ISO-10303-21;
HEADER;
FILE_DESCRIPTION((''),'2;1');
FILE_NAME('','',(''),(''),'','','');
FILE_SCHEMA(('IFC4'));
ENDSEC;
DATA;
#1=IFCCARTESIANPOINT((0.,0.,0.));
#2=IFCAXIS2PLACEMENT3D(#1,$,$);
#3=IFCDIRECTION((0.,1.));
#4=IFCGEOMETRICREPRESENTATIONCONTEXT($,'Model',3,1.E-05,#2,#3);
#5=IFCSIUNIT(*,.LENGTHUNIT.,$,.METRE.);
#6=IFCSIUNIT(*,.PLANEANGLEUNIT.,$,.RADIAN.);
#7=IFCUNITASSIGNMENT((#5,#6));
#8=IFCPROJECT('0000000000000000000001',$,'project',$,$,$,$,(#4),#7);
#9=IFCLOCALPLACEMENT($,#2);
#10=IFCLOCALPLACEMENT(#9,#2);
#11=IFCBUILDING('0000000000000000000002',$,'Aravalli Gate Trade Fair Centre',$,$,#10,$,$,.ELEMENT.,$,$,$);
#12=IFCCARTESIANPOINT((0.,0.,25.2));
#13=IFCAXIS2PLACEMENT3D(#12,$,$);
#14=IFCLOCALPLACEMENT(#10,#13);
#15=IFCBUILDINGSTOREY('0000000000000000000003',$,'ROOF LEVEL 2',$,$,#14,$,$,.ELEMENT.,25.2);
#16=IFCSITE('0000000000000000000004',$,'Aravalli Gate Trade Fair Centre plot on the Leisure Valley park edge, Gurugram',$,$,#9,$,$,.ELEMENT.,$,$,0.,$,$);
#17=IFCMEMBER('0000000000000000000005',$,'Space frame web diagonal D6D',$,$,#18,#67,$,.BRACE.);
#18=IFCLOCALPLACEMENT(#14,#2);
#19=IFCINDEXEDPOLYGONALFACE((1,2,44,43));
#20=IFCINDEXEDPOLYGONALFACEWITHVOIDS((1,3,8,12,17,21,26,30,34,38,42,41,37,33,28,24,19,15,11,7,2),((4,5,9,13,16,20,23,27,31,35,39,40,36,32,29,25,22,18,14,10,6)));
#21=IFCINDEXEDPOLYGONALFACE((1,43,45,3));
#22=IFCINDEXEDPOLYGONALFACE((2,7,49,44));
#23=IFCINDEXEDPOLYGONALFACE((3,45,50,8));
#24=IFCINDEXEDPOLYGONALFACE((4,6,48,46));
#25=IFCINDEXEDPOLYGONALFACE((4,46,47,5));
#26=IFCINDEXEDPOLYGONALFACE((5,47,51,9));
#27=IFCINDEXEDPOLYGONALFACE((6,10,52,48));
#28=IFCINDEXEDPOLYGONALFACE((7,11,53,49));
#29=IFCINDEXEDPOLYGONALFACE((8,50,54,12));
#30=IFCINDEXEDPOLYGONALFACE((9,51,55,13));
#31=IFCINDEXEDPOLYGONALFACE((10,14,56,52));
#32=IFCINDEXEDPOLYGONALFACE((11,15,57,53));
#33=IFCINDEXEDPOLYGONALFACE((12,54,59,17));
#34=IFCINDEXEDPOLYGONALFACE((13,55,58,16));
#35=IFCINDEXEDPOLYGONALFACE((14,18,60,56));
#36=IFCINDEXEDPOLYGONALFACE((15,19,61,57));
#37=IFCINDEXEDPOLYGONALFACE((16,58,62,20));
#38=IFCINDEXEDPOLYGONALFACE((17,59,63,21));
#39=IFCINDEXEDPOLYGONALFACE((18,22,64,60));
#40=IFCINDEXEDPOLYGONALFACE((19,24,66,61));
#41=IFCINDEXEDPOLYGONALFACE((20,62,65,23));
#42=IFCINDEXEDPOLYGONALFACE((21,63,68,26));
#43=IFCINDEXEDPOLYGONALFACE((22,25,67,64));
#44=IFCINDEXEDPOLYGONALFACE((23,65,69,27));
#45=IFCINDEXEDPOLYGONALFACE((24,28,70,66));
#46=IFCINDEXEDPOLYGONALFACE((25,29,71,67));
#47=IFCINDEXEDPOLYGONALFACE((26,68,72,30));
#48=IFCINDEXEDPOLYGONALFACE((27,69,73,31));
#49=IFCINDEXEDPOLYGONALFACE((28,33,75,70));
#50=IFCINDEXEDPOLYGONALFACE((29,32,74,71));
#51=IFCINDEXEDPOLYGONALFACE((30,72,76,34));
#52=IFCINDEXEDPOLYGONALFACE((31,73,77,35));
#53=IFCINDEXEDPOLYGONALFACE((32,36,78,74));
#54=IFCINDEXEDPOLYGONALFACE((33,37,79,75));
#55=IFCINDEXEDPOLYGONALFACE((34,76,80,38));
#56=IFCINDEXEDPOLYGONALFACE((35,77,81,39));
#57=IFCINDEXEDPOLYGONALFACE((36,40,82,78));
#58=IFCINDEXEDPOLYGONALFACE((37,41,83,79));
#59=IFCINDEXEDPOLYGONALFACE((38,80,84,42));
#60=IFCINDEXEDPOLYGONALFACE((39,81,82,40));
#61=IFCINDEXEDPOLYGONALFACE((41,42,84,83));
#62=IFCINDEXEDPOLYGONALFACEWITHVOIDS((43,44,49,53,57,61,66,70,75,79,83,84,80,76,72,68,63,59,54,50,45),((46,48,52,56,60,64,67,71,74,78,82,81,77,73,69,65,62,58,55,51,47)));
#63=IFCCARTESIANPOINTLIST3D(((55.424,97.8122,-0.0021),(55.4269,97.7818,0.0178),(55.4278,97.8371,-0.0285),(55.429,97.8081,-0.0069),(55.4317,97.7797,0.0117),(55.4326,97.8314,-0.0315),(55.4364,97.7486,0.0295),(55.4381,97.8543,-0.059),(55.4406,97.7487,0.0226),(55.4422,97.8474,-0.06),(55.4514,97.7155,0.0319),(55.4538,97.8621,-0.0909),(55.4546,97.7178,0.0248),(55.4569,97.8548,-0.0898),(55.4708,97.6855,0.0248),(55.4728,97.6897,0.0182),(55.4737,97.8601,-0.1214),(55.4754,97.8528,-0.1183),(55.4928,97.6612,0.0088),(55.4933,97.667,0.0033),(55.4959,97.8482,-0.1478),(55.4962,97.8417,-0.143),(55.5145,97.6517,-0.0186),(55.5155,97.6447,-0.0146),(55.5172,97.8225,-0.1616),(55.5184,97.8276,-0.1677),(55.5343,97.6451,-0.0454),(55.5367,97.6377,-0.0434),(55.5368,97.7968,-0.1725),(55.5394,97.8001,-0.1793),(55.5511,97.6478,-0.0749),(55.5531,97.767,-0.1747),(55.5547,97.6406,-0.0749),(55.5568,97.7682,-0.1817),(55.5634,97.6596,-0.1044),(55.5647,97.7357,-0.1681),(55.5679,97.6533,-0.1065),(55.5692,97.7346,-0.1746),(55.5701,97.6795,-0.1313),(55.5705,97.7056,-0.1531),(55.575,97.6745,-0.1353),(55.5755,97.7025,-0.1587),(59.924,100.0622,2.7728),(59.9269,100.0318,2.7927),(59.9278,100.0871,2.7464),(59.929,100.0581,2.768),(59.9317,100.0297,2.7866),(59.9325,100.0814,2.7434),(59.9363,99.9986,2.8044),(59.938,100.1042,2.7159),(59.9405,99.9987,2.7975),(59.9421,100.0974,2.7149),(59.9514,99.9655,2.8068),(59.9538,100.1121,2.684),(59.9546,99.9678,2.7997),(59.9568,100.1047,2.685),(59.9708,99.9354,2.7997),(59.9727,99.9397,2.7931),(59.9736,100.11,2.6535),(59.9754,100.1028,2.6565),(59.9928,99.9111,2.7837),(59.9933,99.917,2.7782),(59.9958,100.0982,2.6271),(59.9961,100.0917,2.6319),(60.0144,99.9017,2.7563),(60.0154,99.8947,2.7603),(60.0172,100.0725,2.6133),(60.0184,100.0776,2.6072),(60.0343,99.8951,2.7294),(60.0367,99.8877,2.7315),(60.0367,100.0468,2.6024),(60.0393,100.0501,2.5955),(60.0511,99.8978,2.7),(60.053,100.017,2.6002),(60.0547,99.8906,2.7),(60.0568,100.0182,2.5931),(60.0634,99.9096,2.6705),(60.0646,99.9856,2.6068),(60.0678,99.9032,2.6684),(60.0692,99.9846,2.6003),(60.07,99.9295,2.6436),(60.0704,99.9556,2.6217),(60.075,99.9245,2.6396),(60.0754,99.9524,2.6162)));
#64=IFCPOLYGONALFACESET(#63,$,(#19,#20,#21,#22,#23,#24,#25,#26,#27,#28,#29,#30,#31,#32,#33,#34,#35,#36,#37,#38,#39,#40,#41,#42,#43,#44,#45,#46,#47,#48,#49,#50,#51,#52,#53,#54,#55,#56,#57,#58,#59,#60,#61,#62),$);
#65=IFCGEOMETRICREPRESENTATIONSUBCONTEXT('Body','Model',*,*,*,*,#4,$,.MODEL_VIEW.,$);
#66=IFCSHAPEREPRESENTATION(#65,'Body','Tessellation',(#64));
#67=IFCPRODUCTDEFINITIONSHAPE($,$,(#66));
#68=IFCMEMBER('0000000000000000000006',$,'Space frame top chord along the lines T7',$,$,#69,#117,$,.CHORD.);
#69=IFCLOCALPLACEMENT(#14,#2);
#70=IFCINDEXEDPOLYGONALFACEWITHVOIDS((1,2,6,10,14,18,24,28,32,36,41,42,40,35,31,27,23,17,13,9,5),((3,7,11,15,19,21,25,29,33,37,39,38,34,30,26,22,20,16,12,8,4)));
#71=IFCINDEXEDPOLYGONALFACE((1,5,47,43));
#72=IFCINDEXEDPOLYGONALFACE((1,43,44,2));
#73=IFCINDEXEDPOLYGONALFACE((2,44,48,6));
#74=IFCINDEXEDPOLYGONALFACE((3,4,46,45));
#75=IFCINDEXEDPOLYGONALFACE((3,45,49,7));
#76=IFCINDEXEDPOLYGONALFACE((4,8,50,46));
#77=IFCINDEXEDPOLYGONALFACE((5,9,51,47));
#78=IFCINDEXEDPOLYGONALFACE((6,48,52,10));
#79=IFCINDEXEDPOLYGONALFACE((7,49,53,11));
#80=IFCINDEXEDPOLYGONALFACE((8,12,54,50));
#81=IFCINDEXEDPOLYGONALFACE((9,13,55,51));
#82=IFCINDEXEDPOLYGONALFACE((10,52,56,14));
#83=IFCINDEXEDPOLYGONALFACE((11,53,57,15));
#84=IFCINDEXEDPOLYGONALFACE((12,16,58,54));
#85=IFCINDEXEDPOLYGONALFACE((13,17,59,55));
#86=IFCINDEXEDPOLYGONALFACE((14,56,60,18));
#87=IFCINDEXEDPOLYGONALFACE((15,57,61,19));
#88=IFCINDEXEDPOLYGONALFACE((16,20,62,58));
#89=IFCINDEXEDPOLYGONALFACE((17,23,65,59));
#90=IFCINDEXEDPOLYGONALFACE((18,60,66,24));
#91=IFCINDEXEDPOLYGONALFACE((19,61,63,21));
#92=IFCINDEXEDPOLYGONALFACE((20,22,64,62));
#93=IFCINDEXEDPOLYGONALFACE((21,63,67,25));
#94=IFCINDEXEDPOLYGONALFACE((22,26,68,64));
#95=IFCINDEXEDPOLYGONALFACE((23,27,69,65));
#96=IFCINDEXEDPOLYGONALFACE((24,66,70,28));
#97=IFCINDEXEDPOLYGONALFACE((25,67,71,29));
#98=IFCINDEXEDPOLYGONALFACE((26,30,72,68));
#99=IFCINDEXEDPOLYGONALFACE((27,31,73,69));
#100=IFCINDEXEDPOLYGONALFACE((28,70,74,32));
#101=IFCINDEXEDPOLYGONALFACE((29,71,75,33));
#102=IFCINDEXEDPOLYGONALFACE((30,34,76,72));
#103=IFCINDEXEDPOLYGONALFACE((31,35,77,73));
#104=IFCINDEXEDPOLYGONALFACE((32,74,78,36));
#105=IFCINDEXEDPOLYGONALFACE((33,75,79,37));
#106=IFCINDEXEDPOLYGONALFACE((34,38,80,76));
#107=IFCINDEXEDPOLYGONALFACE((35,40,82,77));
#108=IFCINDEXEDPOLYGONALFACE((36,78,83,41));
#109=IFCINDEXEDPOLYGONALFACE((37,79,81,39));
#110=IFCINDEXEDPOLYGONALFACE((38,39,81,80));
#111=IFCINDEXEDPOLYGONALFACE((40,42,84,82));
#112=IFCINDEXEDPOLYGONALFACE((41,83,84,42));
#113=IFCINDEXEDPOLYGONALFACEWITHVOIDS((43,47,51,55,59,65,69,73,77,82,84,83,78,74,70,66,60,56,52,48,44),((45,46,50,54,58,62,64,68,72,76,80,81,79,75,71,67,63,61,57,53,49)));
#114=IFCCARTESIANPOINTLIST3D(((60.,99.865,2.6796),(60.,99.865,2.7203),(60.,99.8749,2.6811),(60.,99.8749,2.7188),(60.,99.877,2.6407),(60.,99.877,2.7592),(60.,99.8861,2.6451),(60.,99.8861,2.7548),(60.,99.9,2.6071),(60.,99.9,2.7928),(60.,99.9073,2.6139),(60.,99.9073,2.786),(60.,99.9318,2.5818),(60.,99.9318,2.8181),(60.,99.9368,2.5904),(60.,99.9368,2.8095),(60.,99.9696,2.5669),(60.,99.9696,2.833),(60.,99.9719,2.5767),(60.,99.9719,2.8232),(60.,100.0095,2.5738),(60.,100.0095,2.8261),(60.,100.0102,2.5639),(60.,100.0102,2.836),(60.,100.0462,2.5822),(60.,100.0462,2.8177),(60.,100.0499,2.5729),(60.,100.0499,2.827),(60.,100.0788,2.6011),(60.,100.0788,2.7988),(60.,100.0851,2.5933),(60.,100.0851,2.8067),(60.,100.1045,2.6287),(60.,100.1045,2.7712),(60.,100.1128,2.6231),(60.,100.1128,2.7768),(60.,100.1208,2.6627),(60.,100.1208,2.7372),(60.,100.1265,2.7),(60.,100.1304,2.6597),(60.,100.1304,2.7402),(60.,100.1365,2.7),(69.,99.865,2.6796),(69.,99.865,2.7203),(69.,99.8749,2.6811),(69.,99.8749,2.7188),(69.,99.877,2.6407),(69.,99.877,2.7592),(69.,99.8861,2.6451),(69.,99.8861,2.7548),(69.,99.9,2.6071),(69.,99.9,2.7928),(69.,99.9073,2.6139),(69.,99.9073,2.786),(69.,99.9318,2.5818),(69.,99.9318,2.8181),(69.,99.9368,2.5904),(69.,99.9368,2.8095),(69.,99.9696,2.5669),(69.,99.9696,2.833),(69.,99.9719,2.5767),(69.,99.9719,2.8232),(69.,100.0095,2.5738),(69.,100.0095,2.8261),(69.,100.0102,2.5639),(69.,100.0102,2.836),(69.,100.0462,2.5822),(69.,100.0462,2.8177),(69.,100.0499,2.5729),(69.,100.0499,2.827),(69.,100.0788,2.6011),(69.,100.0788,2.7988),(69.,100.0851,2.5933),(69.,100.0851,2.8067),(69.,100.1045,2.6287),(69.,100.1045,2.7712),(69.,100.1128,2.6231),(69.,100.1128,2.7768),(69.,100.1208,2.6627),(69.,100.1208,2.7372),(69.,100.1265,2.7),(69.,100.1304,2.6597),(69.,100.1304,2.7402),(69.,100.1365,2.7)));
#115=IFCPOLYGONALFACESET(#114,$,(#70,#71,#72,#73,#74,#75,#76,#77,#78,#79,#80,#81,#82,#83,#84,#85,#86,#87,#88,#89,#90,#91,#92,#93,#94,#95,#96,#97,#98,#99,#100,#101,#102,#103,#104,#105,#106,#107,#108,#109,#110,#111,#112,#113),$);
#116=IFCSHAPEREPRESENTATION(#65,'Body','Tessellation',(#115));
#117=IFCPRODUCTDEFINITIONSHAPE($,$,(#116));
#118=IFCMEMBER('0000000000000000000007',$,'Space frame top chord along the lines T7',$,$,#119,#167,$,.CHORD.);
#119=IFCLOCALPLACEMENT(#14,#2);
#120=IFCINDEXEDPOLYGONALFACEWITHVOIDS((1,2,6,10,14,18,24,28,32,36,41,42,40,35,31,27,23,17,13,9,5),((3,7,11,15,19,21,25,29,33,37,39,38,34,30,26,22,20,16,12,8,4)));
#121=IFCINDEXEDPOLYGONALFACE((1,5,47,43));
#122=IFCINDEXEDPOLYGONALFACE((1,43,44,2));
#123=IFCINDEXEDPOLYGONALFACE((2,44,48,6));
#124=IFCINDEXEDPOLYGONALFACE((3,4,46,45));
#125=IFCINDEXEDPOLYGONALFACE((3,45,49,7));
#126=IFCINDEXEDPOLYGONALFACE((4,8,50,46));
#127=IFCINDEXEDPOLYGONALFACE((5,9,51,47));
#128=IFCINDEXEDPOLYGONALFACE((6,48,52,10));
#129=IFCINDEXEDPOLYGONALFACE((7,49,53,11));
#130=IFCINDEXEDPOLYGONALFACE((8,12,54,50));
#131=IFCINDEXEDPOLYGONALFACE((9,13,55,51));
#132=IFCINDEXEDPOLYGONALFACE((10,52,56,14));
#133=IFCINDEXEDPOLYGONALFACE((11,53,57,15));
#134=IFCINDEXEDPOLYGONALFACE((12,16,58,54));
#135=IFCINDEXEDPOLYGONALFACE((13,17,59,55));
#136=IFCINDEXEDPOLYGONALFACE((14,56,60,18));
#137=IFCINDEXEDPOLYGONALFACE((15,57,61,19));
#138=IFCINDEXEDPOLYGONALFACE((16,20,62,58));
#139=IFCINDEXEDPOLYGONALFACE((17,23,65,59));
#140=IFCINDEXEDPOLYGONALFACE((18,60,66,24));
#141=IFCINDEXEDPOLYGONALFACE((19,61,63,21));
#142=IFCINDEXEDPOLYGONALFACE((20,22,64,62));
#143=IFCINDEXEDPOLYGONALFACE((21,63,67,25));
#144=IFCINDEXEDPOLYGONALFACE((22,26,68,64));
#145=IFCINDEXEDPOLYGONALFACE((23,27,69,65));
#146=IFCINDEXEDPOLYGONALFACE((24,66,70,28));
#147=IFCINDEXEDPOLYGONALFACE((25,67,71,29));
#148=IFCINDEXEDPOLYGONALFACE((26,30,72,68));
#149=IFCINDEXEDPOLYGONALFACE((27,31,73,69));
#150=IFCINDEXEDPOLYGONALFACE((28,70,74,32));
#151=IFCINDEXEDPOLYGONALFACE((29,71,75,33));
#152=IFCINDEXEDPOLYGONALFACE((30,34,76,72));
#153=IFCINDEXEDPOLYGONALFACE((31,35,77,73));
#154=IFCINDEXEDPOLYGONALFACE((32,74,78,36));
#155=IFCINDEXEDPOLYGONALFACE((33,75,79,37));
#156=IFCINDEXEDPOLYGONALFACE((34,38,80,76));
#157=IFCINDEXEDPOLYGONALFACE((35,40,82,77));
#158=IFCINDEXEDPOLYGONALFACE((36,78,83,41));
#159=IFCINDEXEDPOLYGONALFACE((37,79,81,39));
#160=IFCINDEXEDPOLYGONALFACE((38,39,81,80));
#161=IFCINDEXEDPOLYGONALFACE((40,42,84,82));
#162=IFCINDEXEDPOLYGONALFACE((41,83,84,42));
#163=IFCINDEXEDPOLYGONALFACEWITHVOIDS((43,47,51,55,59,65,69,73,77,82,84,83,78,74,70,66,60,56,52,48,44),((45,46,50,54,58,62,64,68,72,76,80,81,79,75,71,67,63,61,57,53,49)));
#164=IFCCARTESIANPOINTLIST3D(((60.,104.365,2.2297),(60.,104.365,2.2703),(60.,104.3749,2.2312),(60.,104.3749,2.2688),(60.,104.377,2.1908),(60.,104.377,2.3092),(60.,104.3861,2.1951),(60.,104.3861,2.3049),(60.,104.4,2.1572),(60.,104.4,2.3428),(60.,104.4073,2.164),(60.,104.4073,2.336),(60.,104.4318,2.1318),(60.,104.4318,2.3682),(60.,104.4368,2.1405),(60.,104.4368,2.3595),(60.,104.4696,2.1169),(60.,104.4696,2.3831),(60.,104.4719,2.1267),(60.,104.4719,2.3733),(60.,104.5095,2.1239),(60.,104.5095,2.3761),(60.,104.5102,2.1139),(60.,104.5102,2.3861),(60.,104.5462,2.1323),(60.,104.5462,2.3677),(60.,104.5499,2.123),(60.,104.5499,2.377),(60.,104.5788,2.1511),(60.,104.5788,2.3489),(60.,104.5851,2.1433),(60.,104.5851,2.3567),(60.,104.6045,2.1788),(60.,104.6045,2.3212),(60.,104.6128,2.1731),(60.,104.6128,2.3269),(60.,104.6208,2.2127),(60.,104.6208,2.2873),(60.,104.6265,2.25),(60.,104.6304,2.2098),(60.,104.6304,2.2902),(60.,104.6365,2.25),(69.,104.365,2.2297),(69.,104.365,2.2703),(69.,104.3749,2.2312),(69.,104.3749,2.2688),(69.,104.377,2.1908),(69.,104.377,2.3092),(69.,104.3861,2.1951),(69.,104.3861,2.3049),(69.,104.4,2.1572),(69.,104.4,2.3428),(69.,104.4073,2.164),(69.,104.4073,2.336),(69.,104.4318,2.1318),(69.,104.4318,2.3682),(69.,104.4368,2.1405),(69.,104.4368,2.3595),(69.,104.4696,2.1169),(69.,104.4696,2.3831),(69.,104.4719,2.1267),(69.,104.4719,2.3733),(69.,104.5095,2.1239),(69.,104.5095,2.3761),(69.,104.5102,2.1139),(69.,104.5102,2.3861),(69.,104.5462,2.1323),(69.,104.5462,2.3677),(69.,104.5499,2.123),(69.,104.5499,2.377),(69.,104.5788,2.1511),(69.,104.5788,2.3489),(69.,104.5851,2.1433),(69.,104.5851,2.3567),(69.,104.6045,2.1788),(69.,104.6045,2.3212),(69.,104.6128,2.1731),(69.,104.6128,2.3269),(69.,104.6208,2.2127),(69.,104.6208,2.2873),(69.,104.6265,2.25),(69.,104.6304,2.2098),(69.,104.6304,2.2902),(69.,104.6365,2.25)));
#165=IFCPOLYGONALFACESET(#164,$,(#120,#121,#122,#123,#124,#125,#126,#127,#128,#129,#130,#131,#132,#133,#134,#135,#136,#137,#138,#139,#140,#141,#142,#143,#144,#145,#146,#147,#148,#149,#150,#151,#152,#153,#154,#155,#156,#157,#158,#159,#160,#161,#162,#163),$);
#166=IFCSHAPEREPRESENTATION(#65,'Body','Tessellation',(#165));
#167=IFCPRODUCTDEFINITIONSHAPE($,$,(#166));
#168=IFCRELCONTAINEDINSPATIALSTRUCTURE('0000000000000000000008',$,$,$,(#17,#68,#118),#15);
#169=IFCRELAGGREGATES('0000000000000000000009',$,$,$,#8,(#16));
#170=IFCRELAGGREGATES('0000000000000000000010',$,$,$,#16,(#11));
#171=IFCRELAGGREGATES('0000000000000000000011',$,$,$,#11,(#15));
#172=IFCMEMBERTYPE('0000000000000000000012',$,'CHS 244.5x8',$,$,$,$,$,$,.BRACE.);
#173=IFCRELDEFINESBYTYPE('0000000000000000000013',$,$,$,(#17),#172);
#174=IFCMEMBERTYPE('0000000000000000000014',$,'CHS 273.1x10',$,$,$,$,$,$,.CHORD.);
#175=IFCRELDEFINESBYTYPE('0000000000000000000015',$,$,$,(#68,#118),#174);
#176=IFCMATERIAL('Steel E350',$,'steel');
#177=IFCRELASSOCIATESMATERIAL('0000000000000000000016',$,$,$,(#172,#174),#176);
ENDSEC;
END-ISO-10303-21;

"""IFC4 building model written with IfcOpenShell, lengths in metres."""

from ifc_helpers import new_model, si_unit, direction, frame, origin, origin_2d, place, context, subcontext, project, spatial, hollow_circle, extrude, material, material_profile, profile_set, type_object, element, save


model = new_model("IFC4")

# Units and contexts
model_context = context("Model", 3, precision=1e-05, world=origin(), true_north=direction((0.0, 1.0)))
body_context = subcontext(model_context, "Body", "Model", "MODEL_VIEW")
ifc_project = project(units=[si_unit("LENGTHUNIT", "METRE"), si_unit("PLANEANGLEUNIT", "RADIAN")], contexts=[model_context])

# Site, building, storey
site_placement = place(None, origin())
site = spatial("IfcSite", under=ifc_project, at=site_placement, Name="Aravalli Gate Trade Fair Centre plot on the Leisure Valley park edge, Gurugram", CompositionType="ELEMENT", RefElevation=0.0)
building_placement = place(site_placement, origin())
building = spatial("IfcBuilding", under=site, at=building_placement, Name="Aravalli Gate Trade Fair Centre", CompositionType="ELEMENT")
storey_placement = place(building_placement, frame((0.0, 0.0, 25.2)))
storey = spatial("IfcBuildingStorey", under=building, at=storey_placement, Name="ROOF LEVEL 2", CompositionType="ELEMENT", Elevation=25.2)

# Members
ifc_material_1 = material(Name="Steel E350", Category="steel")
ifc_material_profile_1 = material_profile(ifc_material_1, hollow_circle(Radius=0.1223, WallThickness=0.0081, at=origin_2d()), Name="CHS 244.5x8")
ifc_profile_set_1 = profile_set([ifc_material_profile_1], Name="Steel E350")
member_type_1 = type_object("IfcMemberType", Name="CHS 244.5x8", PredefinedType="BRACE", material=ifc_profile_set_1)
for number, where, z_axis, x_axis, name in (
    (1, (60.0, 100.0, 2.7), (-0.7832, -0.3916, -0.482956), (0.447214, -0.894427, 0.0), "Space frame web diagonal D6D"),
):
    element("IfcMember", number, at=place(storey_placement, frame(where, z_axis=z_axis, x_axis=x_axis)), inside=storey, type_object=member_type_1, Name=name, PredefinedType="BRACE", context=body_context, shape_type="SweptSolid", body=[
        extrude(hollow_circle(Radius=0.1223, WallThickness=0.0081, at=origin_2d()), origin(), (0.0, 0.0, 1.0), 5.7456),
    ])
ifc_material_profile_2 = material_profile(ifc_material_1, hollow_circle(Radius=0.1365, WallThickness=0.01, at=origin_2d()), Name="CHS 273.1x10")
ifc_profile_set_2 = profile_set([ifc_material_profile_2], Name="Steel E350")
member_type_2 = type_object("IfcMemberType", Name="CHS 273.1x10", PredefinedType="CHORD", material=ifc_profile_set_2)
for number, where, z_axis, x_axis, name in (
    (2, (60.0, 100.0, 2.7), (1.0, 0.0, 0.0), (0.0, 1.0, 0.0), "Space frame top chord along the lines T7"),
    (3, (60.0, 104.5, 2.25), (1.0, 0.0, 0.0), (0.0, 1.0, 0.0), "Space frame top chord along the lines T7"),
):
    element("IfcMember", number, at=place(storey_placement, frame(where, z_axis=z_axis, x_axis=x_axis)), inside=storey, type_object=member_type_2, Name=name, PredefinedType="CHORD", context=body_context, shape_type="SweptSolid", body=[
        extrude(hollow_circle(Radius=0.1365, WallThickness=0.01, at=origin_2d()), origin(), (0.0, 0.0, 1.0), 9.0),
    ])

save(model, "model.ifc")
